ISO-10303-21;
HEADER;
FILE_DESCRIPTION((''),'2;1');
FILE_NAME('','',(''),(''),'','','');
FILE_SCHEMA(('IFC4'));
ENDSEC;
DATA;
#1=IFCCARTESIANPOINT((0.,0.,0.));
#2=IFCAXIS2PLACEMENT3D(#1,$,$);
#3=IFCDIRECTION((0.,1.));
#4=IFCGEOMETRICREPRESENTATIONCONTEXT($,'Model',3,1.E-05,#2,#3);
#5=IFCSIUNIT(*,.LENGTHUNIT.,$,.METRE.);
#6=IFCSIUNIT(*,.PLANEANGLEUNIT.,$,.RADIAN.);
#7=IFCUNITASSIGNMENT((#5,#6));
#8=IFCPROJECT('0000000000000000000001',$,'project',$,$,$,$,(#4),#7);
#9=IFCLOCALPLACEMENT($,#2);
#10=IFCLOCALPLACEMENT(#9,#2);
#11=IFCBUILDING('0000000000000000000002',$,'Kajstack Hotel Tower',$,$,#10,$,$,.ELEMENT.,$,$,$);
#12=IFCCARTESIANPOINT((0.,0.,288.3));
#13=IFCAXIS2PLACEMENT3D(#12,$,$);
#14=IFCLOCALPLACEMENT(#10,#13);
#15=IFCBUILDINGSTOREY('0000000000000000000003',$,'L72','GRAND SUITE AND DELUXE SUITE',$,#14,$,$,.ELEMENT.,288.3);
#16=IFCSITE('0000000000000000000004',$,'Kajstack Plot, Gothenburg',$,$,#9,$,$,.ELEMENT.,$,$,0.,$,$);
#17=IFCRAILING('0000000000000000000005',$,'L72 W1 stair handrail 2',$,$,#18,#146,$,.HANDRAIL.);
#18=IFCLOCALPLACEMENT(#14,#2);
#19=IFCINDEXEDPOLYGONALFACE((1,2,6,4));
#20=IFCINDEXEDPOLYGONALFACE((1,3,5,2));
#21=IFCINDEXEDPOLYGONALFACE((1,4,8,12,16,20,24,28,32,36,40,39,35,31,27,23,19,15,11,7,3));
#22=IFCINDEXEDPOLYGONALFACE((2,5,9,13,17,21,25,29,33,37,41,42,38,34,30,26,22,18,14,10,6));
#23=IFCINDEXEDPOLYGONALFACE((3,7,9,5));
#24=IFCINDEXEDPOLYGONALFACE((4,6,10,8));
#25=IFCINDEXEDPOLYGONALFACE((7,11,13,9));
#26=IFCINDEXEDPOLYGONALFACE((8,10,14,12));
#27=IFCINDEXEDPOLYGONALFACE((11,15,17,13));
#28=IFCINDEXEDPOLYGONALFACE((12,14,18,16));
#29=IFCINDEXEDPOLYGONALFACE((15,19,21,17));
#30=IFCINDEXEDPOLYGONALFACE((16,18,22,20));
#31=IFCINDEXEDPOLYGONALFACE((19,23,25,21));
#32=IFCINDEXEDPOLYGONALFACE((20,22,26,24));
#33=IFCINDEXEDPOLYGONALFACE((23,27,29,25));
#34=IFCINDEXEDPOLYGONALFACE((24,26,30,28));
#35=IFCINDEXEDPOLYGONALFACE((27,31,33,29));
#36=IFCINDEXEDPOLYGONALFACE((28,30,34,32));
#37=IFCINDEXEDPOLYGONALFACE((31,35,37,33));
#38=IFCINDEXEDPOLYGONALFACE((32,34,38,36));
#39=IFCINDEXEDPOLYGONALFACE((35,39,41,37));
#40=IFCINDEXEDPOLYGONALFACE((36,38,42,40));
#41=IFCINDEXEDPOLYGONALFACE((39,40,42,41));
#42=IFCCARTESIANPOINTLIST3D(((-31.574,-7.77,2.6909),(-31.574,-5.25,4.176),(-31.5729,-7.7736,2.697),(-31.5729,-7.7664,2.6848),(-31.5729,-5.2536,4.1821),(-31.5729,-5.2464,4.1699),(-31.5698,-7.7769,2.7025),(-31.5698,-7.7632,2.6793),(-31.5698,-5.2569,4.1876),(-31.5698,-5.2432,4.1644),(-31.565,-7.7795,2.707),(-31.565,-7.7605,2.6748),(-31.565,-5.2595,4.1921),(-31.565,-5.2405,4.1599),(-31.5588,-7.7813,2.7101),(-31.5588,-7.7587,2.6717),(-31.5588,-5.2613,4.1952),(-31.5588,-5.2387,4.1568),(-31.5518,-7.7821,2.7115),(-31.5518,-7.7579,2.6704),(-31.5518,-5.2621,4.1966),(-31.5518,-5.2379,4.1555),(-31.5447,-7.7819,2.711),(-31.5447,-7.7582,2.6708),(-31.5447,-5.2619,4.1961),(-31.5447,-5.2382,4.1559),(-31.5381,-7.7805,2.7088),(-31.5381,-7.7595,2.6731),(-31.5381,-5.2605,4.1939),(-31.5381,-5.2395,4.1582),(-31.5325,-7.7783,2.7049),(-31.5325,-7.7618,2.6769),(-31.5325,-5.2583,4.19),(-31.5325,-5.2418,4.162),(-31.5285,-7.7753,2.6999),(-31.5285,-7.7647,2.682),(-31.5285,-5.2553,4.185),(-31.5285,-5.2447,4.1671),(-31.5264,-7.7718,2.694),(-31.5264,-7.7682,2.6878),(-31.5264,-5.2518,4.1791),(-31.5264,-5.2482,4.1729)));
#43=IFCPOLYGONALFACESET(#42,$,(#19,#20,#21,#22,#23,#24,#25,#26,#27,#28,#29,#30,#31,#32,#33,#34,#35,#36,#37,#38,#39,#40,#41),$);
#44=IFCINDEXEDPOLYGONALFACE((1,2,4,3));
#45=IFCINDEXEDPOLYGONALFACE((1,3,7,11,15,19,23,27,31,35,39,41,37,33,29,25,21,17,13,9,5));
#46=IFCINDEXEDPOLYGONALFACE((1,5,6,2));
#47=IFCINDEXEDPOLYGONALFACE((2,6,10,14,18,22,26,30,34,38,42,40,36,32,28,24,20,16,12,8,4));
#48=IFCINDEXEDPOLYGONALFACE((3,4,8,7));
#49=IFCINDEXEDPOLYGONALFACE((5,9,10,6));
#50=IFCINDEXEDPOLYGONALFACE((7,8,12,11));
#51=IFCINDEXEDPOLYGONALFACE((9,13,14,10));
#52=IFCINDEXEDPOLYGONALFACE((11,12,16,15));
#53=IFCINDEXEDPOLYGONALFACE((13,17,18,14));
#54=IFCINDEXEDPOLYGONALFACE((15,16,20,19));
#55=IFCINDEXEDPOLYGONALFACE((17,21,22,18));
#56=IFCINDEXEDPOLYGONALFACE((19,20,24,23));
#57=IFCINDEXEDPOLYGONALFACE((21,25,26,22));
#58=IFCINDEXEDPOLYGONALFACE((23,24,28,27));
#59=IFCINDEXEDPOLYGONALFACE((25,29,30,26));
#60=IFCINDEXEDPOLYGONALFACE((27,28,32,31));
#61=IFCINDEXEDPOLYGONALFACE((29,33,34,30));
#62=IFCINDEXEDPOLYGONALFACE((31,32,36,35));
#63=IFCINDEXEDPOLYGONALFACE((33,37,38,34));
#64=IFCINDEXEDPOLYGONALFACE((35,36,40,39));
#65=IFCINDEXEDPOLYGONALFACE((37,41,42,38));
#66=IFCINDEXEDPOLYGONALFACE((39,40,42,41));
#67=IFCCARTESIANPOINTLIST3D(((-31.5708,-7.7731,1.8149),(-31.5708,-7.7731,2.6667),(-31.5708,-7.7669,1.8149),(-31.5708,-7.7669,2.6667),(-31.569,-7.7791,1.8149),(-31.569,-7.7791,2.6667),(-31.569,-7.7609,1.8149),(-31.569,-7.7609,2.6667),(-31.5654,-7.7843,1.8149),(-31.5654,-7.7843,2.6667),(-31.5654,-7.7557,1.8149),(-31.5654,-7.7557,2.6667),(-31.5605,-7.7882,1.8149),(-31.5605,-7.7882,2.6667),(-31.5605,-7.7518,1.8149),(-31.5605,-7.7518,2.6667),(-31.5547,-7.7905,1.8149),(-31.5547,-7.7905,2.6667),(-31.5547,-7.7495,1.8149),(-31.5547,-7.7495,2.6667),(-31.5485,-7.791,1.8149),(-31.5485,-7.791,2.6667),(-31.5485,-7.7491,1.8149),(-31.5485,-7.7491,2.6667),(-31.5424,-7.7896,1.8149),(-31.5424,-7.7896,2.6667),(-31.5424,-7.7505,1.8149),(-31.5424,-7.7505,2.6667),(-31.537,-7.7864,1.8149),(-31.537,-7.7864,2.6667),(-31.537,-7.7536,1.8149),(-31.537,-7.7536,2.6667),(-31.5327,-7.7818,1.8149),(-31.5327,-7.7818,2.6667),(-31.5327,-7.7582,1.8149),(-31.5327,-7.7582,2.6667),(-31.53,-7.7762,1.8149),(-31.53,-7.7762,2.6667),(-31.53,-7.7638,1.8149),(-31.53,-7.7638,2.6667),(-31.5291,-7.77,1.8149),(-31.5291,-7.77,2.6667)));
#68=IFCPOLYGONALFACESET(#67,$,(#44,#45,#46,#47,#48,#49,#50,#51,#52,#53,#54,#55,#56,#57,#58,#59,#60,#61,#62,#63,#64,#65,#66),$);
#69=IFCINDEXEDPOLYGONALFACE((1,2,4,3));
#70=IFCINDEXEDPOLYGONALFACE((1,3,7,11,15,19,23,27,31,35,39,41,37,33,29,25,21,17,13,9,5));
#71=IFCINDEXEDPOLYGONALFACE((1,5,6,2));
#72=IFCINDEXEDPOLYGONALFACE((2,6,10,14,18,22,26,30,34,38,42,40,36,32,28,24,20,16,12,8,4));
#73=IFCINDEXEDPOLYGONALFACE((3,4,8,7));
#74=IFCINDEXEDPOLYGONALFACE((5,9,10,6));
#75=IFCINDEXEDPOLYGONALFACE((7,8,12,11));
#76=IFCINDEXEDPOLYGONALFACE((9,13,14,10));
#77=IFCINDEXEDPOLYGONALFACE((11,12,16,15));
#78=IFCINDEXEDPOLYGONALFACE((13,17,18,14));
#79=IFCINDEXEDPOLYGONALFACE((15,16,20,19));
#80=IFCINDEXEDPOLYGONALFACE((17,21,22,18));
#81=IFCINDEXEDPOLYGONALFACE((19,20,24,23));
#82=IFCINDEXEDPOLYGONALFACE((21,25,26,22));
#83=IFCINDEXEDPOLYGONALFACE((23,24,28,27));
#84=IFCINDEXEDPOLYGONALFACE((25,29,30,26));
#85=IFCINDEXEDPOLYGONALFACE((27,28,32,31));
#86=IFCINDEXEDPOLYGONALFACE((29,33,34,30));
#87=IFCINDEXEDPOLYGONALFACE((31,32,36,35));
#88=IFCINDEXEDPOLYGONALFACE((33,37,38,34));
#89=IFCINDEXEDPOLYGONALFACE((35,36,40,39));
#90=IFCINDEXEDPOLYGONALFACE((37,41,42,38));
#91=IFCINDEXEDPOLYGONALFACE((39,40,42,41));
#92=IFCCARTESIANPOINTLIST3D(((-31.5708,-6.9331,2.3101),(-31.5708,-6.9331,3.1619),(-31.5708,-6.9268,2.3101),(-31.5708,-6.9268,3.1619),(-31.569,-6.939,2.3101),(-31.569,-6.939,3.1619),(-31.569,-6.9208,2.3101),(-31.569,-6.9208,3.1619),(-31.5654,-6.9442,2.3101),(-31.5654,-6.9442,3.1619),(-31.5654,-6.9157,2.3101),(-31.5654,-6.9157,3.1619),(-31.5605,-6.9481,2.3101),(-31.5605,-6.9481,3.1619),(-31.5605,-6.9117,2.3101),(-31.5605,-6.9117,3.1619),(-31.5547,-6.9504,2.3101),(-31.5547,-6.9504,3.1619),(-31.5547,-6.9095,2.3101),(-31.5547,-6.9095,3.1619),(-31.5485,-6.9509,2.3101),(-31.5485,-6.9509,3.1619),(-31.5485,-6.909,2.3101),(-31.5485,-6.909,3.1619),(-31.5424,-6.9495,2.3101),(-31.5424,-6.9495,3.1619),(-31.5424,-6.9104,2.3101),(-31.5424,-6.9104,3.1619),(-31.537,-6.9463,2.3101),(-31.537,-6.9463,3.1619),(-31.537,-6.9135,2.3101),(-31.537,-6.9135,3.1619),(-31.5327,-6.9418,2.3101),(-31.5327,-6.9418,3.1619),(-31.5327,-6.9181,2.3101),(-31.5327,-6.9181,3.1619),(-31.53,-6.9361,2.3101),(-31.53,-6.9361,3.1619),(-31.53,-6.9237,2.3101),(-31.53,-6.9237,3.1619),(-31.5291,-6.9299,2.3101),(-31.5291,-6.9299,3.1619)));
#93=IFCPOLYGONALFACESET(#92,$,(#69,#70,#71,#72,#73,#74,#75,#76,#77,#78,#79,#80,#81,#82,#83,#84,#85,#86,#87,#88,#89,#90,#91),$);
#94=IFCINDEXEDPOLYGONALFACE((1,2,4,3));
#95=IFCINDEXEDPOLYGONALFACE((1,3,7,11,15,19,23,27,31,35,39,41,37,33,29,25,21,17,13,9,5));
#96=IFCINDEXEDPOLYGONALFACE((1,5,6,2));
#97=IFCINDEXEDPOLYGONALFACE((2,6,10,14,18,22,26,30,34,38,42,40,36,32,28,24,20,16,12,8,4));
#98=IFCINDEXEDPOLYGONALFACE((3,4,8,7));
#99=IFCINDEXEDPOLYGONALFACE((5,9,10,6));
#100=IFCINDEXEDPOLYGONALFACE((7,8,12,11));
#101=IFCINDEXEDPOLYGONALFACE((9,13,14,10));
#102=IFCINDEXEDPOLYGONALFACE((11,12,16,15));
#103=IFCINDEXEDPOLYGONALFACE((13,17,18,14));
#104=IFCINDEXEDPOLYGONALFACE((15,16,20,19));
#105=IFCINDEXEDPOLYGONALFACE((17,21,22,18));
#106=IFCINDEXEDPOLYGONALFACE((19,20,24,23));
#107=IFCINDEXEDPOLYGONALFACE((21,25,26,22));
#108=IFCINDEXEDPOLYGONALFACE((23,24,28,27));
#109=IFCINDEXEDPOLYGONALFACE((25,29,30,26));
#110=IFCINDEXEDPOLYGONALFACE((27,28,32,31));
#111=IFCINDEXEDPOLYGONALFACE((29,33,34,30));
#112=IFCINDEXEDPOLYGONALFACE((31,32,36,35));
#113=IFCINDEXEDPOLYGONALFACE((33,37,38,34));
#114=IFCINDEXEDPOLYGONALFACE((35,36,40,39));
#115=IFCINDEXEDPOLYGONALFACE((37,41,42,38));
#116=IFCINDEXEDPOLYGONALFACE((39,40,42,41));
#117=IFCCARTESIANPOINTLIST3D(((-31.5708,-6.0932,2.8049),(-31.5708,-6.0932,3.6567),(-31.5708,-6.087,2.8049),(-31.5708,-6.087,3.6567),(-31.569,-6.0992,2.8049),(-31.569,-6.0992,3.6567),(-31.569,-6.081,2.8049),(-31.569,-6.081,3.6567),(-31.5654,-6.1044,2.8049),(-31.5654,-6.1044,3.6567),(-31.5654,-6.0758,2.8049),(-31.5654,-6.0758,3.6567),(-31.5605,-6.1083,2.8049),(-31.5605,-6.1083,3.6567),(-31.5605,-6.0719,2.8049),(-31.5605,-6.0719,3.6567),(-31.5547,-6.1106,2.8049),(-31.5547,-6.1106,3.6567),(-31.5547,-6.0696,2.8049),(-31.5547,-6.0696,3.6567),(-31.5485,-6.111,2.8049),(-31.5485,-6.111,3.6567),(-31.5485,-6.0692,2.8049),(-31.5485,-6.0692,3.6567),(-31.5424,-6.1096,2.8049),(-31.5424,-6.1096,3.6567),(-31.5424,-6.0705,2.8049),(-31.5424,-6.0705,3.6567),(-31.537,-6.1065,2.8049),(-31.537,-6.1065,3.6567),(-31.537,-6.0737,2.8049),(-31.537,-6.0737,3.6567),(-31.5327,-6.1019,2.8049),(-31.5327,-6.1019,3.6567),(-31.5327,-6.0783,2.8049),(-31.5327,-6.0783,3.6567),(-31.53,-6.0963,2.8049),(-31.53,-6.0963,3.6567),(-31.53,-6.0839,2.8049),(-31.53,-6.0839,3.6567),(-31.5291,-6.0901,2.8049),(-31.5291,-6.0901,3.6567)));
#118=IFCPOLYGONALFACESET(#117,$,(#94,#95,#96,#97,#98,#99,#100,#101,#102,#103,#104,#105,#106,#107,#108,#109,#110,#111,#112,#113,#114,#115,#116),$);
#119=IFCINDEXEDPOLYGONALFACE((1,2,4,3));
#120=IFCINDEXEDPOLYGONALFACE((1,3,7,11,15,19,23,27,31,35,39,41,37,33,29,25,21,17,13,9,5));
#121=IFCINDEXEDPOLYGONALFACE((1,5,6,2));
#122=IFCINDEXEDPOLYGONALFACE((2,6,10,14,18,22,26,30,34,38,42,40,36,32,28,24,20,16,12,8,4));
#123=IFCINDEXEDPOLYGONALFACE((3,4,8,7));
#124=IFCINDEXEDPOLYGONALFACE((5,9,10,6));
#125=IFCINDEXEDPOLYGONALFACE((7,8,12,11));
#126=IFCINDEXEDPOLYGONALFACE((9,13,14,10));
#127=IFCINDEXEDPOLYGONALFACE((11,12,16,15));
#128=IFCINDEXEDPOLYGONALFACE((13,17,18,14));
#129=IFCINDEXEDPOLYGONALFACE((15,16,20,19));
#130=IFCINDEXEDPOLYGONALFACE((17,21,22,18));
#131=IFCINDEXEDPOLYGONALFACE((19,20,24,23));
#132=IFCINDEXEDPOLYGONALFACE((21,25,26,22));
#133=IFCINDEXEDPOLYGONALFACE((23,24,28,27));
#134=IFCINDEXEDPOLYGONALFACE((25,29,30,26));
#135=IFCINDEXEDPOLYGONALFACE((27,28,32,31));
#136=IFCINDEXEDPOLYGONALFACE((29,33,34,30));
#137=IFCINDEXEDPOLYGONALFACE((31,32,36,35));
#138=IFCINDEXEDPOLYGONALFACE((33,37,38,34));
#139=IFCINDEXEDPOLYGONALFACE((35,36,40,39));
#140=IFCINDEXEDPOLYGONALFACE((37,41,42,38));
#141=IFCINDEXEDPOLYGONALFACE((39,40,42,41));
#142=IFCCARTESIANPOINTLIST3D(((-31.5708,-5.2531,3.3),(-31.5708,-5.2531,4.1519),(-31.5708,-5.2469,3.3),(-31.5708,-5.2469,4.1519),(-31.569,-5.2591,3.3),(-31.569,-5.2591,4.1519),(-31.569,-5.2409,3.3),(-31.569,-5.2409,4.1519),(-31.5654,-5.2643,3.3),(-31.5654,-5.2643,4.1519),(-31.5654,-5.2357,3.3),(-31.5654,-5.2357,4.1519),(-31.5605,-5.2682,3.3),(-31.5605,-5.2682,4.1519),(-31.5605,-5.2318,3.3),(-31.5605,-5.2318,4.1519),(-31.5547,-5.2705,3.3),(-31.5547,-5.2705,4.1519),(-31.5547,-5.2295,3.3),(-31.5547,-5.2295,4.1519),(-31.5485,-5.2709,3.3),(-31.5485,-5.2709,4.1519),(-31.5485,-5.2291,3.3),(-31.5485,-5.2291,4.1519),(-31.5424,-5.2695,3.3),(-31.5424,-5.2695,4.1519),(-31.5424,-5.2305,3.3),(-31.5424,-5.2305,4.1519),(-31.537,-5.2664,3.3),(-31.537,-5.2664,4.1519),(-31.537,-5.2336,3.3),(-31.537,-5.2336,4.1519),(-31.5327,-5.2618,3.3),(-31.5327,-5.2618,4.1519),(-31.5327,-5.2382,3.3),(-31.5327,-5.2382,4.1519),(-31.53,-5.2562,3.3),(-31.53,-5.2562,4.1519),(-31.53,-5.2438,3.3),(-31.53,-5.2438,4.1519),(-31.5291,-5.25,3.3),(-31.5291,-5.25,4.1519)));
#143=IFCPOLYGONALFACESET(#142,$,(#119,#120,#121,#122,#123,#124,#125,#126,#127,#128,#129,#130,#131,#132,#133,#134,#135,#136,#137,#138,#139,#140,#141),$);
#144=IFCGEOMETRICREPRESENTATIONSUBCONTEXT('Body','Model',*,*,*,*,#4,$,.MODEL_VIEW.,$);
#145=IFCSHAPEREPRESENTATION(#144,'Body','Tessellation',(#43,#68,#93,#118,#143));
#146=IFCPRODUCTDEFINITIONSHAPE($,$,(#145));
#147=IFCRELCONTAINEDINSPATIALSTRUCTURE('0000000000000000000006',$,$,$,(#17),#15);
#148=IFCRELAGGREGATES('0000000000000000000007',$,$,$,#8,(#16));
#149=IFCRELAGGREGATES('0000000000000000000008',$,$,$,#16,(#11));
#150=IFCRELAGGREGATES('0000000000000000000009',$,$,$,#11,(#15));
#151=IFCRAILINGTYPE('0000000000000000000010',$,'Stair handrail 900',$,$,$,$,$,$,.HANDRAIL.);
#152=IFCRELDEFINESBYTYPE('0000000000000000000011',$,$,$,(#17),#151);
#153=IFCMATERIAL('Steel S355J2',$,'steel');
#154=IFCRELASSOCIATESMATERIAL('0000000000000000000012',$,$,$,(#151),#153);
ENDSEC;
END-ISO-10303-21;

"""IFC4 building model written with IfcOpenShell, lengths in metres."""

from ifc_helpers import new_model, si_unit, direction, frame, origin, origin_2d, place, context, subcontext, project, spatial, circle, extrude, material, type_object, element, save


model = new_model("IFC4")

# Units and contexts
model_context = context("Model", 3, precision=1e-05, world=origin(), true_north=direction((0.0, 1.0)))
body_context = subcontext(model_context, "Body", "Model", "MODEL_VIEW")
ifc_project = project(units=[si_unit("LENGTHUNIT", "METRE"), si_unit("PLANEANGLEUNIT", "RADIAN")], contexts=[model_context])

# Site, building, storey
site_placement = place(None, origin())
site = spatial("IfcSite", under=ifc_project, at=site_placement, Name="Kajstack Plot, Gothenburg", CompositionType="ELEMENT", RefElevation=0.0)
building_placement = place(site_placement, origin())
building = spatial("IfcBuilding", under=site, at=building_placement, Name="Kajstack Hotel Tower", CompositionType="ELEMENT")
storey_placement = place(building_placement, frame((0.0, 0.0, 288.3)))
storey = spatial("IfcBuildingStorey", under=building, at=storey_placement, Name="L72", Description="GRAND SUITE AND DELUXE SUITE", CompositionType="ELEMENT", Elevation=288.3)

# Railing
ifc_material_1 = material(Name="Steel S355J2", Category="steel")
railing_type_1 = type_object("IfcRailingType", Name="Stair handrail 900", PredefinedType="HANDRAIL", material=ifc_material_1)
railing_1_placement = place(storey_placement, frame((-31.55, -7.77, 1.8149)))
element("IfcRailing", 1, at=railing_1_placement, inside=storey, type_object=railing_type_1, Name="L72 W1 stair handrail 2", PredefinedType="HANDRAIL", context=body_context, shape_type="SweptSolid", body=[
    extrude(circle(Radius=0.0239, at=origin_2d()), frame((0.0, 0.0, 0.876), z_axis=(0.0, 0.861524, 0.507717), x_axis=(-1.0, 0.0, 0.0)), (0.0, 0.0, 1.0), 2.925),
    extrude(circle(Radius=0.021, at=origin_2d()), origin(), (0.0, 0.0, 1.0), 0.8518),
    extrude(circle(Radius=0.021, at=origin_2d()), frame((0.0, 0.8401, 0.4951)), (0.0, 0.0, 1.0), 0.8518),
    extrude(circle(Radius=0.021, at=origin_2d()), frame((0.0, 1.6799, 0.99)), (0.0, 0.0, 1.0), 0.8518),
    extrude(circle(Radius=0.021, at=origin_2d()), frame((0.0, 2.52, 1.4851)), (0.0, 0.0, 1.0), 0.8518),
])

save(model, "model.ifc")
